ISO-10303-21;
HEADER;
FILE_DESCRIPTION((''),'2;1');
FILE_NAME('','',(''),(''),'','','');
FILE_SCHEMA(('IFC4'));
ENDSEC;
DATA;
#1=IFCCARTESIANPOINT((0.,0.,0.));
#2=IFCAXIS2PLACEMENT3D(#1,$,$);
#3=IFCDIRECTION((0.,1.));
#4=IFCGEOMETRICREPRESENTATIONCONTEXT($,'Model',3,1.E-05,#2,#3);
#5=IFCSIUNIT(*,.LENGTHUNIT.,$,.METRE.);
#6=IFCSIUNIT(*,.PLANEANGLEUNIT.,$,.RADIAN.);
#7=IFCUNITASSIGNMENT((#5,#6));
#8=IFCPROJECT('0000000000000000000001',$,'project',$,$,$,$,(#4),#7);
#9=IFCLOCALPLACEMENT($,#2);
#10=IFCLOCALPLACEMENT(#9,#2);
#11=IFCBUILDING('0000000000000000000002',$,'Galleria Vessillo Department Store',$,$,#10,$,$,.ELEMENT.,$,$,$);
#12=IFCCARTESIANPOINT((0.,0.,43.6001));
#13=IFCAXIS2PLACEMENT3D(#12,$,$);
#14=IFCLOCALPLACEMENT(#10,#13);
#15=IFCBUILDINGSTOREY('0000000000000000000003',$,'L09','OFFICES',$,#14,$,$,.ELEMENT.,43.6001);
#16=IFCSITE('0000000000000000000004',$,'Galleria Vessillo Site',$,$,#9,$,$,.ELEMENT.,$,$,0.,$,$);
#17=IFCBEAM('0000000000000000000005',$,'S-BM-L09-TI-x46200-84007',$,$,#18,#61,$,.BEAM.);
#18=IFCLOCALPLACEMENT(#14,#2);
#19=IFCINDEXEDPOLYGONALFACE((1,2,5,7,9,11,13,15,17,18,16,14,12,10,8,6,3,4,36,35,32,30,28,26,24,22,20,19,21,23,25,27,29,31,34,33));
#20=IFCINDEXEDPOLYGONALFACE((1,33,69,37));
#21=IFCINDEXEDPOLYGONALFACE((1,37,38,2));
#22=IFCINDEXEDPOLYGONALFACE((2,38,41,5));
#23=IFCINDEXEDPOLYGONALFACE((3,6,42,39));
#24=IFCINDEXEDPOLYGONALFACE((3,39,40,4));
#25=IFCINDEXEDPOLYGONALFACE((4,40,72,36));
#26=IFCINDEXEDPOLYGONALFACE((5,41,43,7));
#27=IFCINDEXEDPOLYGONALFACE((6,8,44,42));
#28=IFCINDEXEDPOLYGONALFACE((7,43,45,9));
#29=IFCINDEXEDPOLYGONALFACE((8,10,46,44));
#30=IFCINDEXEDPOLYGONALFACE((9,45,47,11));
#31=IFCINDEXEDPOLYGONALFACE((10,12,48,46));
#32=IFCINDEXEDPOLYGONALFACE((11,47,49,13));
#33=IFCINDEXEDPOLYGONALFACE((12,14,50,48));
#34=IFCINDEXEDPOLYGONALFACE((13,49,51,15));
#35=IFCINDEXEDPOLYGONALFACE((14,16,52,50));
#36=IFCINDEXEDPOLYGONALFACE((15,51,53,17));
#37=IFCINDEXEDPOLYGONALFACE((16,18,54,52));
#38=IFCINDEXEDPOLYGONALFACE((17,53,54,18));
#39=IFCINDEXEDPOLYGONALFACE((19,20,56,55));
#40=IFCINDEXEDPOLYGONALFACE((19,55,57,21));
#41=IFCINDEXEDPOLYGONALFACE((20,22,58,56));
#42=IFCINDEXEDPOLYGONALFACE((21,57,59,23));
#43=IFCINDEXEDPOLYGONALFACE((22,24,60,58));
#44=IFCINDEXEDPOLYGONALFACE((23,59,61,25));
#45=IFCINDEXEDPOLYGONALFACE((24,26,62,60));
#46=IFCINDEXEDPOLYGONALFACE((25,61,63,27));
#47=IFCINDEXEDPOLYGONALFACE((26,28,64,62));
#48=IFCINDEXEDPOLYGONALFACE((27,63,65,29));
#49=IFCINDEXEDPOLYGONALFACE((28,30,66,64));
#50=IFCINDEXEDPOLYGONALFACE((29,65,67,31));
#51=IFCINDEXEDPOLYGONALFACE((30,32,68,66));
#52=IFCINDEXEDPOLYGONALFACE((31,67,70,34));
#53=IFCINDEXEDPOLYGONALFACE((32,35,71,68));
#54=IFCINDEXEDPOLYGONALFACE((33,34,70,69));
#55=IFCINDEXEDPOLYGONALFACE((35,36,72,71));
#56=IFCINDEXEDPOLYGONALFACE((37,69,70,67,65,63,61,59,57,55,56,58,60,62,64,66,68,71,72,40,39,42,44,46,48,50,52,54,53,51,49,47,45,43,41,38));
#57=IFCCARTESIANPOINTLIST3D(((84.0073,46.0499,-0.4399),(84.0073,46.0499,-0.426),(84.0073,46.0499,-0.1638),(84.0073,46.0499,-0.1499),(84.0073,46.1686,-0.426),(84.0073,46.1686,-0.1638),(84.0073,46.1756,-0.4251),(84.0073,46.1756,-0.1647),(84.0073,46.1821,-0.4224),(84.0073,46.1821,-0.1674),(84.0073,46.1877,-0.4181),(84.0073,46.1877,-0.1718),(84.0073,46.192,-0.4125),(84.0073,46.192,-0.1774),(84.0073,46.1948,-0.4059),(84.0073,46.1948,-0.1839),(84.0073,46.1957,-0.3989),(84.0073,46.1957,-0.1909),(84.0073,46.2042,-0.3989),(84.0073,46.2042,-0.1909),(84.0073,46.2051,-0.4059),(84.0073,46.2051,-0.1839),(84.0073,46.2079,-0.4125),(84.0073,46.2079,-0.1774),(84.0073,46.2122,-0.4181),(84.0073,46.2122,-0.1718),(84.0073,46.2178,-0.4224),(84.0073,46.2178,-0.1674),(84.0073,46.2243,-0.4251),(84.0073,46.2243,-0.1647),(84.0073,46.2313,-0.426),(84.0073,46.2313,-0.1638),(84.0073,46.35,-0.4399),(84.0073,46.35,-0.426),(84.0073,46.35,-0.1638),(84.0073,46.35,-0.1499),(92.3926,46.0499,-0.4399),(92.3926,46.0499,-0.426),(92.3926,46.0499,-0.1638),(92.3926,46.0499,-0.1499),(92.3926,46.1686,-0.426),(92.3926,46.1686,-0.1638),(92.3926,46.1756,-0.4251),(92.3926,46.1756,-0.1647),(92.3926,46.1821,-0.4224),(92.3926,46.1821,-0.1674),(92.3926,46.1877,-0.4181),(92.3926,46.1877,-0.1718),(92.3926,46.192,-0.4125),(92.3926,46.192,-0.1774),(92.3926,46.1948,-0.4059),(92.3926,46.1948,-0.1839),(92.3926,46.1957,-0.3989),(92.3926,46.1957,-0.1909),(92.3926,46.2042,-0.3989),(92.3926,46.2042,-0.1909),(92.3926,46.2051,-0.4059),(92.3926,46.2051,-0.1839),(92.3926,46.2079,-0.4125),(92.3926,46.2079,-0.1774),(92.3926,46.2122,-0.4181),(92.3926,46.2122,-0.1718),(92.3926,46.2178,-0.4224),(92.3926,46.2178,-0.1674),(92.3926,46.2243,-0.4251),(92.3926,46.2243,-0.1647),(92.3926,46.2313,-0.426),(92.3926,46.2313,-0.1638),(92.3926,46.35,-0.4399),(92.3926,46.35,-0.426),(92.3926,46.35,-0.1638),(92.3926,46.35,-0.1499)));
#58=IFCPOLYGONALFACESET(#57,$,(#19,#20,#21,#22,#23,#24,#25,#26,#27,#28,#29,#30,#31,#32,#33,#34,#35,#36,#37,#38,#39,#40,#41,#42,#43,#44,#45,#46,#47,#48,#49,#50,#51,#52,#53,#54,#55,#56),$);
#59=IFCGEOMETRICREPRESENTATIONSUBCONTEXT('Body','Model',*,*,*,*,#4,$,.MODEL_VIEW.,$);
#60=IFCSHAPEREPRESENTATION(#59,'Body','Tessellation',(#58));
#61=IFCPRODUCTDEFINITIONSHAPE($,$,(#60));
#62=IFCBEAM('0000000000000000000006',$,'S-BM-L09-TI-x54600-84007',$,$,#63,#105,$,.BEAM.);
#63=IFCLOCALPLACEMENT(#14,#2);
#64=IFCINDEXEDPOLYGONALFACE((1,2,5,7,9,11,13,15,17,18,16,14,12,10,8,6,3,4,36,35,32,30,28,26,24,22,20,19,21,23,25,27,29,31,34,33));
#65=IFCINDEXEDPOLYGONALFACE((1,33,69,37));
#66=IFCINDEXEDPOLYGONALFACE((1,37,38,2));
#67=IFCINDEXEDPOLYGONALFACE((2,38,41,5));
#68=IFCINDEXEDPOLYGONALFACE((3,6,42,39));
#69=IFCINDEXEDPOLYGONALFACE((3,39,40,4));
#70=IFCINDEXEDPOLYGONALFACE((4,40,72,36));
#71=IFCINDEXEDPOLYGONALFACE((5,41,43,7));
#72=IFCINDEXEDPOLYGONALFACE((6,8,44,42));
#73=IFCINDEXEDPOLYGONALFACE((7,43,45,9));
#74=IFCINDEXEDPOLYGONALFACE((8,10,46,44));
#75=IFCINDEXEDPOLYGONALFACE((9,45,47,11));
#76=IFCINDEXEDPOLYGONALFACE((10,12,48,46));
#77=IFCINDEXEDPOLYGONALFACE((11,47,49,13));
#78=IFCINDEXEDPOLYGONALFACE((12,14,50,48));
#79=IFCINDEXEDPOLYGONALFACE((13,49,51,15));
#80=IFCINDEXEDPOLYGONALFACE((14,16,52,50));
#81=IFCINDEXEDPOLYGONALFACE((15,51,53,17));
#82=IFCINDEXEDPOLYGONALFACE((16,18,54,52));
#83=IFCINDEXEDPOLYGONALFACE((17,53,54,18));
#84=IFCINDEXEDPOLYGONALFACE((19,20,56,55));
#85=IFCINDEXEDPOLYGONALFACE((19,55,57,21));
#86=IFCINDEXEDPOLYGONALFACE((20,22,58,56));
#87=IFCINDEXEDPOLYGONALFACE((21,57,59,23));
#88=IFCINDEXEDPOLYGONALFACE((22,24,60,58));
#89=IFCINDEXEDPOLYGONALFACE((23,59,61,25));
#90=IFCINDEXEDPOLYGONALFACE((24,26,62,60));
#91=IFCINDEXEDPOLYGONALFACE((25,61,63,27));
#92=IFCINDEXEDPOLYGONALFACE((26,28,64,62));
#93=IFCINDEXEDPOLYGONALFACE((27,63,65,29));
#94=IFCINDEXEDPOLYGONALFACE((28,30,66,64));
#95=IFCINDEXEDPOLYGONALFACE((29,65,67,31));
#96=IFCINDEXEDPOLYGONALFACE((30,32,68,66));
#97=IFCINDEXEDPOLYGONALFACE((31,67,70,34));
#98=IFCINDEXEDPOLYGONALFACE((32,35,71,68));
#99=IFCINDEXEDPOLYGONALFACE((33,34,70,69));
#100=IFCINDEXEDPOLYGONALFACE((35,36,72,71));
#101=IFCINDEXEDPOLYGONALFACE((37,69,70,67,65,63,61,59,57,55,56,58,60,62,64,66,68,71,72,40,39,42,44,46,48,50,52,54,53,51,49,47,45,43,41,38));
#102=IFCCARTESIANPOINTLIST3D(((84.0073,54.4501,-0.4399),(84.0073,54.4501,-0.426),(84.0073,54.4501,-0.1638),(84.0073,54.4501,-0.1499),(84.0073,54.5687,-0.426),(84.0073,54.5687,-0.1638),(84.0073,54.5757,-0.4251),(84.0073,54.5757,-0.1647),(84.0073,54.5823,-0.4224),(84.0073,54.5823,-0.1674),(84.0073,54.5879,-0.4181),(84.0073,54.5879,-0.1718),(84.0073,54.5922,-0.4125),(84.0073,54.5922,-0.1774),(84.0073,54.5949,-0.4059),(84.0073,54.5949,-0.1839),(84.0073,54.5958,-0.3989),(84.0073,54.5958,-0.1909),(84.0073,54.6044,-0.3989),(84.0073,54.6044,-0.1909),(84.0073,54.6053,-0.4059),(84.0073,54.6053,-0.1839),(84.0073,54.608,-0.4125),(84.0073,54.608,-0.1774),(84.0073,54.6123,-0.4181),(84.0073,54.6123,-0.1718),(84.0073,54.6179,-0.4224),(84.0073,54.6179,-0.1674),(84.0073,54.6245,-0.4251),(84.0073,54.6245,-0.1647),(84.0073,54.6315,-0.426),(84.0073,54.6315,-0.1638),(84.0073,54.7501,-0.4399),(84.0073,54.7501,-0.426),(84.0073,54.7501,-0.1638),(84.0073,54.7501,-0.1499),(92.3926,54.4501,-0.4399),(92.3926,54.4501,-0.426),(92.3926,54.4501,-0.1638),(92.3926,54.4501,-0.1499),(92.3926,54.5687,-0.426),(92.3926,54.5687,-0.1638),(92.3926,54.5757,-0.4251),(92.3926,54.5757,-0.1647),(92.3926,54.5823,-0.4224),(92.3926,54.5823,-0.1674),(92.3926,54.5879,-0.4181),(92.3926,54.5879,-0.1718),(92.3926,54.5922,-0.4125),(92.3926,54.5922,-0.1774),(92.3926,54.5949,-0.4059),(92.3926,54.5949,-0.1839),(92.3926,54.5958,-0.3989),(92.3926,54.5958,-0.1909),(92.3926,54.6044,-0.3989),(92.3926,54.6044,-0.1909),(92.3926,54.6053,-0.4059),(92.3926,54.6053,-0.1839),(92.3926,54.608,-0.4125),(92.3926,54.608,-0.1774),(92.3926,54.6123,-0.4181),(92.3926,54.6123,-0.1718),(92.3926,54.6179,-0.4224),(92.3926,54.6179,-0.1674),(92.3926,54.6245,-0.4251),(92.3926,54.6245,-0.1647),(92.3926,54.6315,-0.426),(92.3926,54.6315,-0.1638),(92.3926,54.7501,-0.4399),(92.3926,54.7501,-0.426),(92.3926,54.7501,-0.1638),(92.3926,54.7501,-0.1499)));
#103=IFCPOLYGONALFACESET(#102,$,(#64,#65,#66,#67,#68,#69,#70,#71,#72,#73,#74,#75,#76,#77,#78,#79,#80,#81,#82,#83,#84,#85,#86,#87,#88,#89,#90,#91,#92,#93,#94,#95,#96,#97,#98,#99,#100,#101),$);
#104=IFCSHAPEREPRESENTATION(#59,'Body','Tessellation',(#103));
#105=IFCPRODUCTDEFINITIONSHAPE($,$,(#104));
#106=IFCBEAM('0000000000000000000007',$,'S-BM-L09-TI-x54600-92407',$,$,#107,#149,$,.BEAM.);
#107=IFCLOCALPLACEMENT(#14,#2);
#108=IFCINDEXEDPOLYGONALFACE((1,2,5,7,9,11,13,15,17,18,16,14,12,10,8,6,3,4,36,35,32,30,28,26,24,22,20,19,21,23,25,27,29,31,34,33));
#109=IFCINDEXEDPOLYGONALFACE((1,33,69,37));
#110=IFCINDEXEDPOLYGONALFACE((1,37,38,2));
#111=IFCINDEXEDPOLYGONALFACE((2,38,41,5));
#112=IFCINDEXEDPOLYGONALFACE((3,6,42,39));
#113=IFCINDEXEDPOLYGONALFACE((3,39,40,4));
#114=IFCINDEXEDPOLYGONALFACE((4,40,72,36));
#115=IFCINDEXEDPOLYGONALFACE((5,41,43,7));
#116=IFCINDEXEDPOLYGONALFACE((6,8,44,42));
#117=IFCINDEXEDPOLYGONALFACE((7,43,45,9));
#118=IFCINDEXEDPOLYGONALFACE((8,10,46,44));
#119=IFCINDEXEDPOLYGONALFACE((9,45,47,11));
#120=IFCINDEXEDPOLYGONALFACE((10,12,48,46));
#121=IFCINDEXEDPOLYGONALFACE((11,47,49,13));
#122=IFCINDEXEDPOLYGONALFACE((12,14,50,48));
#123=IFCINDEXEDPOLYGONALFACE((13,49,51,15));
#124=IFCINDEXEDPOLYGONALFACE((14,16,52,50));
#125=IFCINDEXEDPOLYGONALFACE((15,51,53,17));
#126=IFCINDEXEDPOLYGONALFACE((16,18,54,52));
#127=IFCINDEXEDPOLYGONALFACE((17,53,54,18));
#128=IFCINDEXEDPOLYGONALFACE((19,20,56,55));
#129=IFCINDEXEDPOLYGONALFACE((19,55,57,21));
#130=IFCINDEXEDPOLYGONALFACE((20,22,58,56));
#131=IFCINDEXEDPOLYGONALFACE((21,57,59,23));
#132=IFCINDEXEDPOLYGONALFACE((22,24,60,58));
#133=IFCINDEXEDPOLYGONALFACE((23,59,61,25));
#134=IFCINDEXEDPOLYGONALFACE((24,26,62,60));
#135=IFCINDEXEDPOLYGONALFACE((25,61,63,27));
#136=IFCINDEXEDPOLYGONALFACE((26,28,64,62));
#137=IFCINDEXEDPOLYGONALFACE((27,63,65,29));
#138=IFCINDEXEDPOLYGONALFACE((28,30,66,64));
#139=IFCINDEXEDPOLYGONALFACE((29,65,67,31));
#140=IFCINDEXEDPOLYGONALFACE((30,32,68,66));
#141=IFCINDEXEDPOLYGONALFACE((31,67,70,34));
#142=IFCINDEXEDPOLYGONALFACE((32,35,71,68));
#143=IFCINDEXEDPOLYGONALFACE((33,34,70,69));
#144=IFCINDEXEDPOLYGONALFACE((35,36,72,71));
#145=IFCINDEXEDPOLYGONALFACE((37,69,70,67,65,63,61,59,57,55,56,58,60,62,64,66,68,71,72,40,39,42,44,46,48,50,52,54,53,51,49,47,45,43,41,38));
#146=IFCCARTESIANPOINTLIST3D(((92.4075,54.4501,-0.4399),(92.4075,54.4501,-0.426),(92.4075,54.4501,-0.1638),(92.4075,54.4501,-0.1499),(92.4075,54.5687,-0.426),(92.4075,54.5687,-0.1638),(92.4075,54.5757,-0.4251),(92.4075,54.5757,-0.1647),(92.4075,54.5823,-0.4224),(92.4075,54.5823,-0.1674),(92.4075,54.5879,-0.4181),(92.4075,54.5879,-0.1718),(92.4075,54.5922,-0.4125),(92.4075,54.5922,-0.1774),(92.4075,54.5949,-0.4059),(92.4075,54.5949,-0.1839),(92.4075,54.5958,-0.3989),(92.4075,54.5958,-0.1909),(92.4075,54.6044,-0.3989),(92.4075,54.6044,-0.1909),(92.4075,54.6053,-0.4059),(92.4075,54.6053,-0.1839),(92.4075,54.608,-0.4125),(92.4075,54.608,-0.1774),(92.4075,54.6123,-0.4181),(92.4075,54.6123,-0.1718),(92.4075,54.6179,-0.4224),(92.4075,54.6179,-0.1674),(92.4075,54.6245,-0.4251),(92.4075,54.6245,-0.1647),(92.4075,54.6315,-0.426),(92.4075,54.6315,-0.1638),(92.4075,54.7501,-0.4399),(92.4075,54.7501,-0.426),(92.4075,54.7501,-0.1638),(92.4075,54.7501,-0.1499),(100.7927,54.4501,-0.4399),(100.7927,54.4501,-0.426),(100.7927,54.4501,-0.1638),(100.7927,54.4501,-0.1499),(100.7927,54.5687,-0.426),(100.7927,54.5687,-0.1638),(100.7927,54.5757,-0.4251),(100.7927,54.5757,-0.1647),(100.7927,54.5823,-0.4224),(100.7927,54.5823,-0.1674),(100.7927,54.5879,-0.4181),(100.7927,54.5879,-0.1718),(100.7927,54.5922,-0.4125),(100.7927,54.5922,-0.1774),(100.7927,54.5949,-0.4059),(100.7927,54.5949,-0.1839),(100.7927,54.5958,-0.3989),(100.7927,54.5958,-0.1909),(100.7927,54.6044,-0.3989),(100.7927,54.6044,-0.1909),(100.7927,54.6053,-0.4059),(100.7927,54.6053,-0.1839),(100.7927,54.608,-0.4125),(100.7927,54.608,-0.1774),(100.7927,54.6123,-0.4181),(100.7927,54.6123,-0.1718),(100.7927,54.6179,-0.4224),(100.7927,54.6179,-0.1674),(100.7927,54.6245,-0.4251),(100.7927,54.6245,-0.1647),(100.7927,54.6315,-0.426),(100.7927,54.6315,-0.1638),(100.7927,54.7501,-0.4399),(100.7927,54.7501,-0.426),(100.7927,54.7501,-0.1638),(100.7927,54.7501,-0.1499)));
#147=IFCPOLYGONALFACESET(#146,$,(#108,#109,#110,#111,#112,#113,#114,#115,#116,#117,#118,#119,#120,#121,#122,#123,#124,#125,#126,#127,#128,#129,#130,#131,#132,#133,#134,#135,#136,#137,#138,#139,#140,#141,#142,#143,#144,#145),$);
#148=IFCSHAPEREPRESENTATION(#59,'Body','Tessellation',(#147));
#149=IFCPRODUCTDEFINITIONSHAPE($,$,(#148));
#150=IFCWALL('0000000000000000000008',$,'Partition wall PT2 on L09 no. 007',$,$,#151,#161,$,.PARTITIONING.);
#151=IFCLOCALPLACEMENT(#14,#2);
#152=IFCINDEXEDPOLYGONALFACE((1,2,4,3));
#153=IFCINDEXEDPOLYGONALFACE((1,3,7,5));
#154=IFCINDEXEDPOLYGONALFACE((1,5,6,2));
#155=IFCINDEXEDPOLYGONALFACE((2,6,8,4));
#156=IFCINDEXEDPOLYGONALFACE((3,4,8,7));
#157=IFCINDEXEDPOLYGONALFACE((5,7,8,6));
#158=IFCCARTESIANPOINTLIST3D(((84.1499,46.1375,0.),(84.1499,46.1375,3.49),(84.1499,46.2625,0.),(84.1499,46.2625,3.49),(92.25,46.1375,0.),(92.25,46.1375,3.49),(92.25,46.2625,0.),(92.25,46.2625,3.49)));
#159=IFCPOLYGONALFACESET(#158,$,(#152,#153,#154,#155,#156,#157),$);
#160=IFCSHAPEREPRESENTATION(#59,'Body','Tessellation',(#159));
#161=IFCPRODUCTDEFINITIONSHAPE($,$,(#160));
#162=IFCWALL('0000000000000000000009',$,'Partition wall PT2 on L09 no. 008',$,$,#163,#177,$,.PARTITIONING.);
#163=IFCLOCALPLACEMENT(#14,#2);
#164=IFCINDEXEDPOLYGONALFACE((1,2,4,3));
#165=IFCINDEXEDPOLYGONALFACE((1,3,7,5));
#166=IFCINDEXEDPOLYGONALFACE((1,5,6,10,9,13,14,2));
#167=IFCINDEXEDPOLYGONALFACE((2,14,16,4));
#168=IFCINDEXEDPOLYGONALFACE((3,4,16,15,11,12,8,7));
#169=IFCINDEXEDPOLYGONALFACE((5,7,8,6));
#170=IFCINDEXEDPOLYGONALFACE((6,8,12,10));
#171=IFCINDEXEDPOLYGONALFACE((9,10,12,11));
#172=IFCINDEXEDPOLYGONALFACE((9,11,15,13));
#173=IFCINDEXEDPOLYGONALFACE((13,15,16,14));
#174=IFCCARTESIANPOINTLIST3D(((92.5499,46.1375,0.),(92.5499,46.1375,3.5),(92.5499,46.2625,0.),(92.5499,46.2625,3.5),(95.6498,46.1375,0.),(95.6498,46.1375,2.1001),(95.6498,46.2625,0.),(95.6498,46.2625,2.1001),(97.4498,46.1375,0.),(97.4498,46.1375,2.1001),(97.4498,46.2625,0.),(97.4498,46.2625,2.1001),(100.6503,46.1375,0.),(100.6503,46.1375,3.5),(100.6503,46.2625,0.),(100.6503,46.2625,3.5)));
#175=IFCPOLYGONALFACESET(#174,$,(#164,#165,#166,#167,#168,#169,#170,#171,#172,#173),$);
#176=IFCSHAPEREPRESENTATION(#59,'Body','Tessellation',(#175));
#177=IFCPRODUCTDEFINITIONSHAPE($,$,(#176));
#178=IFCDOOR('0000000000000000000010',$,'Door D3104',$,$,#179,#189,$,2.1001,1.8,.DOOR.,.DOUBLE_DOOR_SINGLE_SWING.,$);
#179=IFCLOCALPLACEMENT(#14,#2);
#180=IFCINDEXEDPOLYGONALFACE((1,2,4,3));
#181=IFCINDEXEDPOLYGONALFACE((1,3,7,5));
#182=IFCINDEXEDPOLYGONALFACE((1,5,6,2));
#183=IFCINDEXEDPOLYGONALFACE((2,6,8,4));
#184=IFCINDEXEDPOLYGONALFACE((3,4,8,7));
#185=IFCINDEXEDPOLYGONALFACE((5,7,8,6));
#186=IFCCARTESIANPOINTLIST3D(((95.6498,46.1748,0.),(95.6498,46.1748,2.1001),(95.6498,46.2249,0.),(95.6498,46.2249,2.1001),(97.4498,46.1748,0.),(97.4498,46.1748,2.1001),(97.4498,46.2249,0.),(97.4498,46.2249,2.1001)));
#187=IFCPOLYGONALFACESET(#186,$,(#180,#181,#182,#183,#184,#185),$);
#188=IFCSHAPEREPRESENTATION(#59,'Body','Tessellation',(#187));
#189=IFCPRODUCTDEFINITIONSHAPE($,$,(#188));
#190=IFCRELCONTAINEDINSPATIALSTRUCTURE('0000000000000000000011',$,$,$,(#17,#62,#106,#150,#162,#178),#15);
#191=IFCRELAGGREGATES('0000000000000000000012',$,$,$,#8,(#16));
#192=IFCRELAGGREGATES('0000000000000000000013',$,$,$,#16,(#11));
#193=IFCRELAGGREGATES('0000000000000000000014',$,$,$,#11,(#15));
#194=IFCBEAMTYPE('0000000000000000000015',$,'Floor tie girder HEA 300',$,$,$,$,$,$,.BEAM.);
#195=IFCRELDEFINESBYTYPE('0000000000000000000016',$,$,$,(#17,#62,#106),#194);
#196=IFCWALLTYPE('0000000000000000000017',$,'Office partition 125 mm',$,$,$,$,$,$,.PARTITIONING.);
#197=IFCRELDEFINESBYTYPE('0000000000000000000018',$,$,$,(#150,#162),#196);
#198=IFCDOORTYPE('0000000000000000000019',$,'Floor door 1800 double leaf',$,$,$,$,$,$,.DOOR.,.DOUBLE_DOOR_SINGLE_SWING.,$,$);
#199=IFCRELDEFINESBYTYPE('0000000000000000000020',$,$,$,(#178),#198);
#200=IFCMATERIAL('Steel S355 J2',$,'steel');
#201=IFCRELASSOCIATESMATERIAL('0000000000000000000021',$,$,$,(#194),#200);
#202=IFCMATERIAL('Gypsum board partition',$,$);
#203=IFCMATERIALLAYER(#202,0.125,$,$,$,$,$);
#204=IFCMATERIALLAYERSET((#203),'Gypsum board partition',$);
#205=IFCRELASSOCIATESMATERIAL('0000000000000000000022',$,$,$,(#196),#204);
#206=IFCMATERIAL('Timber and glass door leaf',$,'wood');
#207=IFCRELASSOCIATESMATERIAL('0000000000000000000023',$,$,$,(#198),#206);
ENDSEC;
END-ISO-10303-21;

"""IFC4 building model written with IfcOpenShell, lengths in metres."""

from ifc_helpers import new_model, si_unit, direction, frame, frame_2d, origin, origin_2d, place, context, subcontext, project, spatial, rectangle, i_section, extrude, material, layer, layer_set, material_profile, profile_set, type_object, element, fill, save


model = new_model("IFC4")

# Units and contexts
model_context = context("Model", 3, precision=1e-05, world=origin(), true_north=direction((0.0, 1.0)))
body_context = subcontext(model_context, "Body", "Model", "MODEL_VIEW")
ifc_project = project(units=[si_unit("LENGTHUNIT", "METRE"), si_unit("PLANEANGLEUNIT", "RADIAN")], contexts=[model_context])

# Site, building, storey
site_placement = place(None, origin())
site = spatial("IfcSite", under=ifc_project, at=site_placement, Name="Galleria Vessillo Site", CompositionType="ELEMENT", RefElevation=0.0)
building_placement = place(site_placement, origin())
building = spatial("IfcBuilding", under=site, at=building_placement, Name="Galleria Vessillo Department Store", CompositionType="ELEMENT")
storey_placement = place(building_placement, frame((0.0, 0.0, 43.6001)))
storey = spatial("IfcBuildingStorey", under=building, at=storey_placement, Name="L09", Description="OFFICES", CompositionType="ELEMENT", Elevation=43.6001)

# Beams
ifc_material_1 = material(Name="Steel S355 J2", Category="steel")
ifc_material_profile_1 = material_profile(ifc_material_1, i_section(OverallWidth=0.3, OverallDepth=0.29, WebThickness=0.0085, FlangeThickness=0.0139, FilletRadius=0.0271, at=origin_2d()), Name="HEA 300")
ifc_profile_set_1 = profile_set([ifc_material_profile_1], Name="Steel S355 J2")
beam_type_1 = type_object("IfcBeamType", Name="Floor tie girder HEA 300", PredefinedType="BEAM", material=ifc_profile_set_1)
for number, where, z_axis, x_axis, name in (
    (1, (84.0073, 46.2, -0.2949), (1.0, 0.0, 0.0), (0.0, 1.0, 0.0), "S-BM-L09-TI-x46200-84007"),
    (2, (84.0073, 54.6001, -0.2949), (1.0, 0.0, 0.0), (0.0, 1.0, 0.0), "S-BM-L09-TI-x54600-84007"),
    (3, (92.4075, 54.6001, -0.2949), (1.0, 0.0, 0.0), (0.0, 1.0, 0.0), "S-BM-L09-TI-x54600-92407"),
):
    element("IfcBeam", number, at=place(storey_placement, frame(where, z_axis=z_axis, x_axis=x_axis)), inside=storey, type_object=beam_type_1, Name=name, PredefinedType="BEAM", context=body_context, shape_type="SweptSolid", body=[
        extrude(i_section(OverallWidth=0.3, OverallDepth=0.29, WebThickness=0.0085, FlangeThickness=0.0139, FilletRadius=0.0271, at=origin_2d()), origin(), (0.0, 0.0, 1.0), 8.3853),
    ])

# Wall
ifc_material_2 = material(Name="Gypsum board partition")
ifc_layer_1 = layer(ifc_material_2, 0.125)
ifc_layer_set_1 = layer_set([ifc_layer_1], Name="Gypsum board partition")
wall_type = type_object("IfcWallType", Name="Office partition 125 mm", PredefinedType="PARTITIONING", material=ifc_layer_set_1)
wall_1_placement = place(storey_placement, frame((84.1499, 46.2, 0.0), z_axis=(0.0, 0.0, 1.0), x_axis=(1.0, 0.0, 0.0)))
element("IfcWall", 4, at=wall_1_placement, inside=storey, type_object=wall_type, Name="Partition wall PT2 on L09 no. 007", PredefinedType="PARTITIONING", context=body_context, shape_type="SweptSolid", body=[
    extrude(rectangle(XDim=8.1001, YDim=0.125, at=frame_2d((4.05, 0.0))), origin(), (0.0, 0.0, 1.0), 3.49),
])

# Wall, opening, door
wall_2_placement = place(storey_placement, frame((92.5498, 46.2, 0.0), z_axis=(0.0, 0.0, 1.0), x_axis=(1.0, 0.0, 0.0)))
wall_2 = element("IfcWall", 5, at=wall_2_placement, inside=storey, type_object=wall_type, Name="Partition wall PT2 on L09 no. 008", PredefinedType="PARTITIONING", context=body_context, shape_type="SweptSolid", body=[
    extrude(rectangle(XDim=8.1003, YDim=0.125, at=frame_2d((4.0503, 0.0))), origin(), (0.0, 0.0, 1.0), 3.5),
])
opening_1_placement = place(wall_2_placement, frame((3.1001, 0.0, 0.0)))
opening_1 = element("IfcOpeningElement", 6, at=opening_1_placement, cuts=wall_2, PredefinedType="OPENING", context=body_context, shape_type="SweptSolid", body=[
    extrude(rectangle(XDim=1.8, YDim=2.1001, at=frame_2d((0.8999, 1.05))), frame((0.0, 0.0725, 0.0), z_axis=(0.0, -1.0, 0.0), x_axis=(1.0, 0.0, 0.0)), (0.0, 0.0, 1.0), 0.145),
])
ifc_material_3 = material(Name="Timber and glass door leaf", Category="wood")
door_type_1 = type_object("IfcDoorType", Name="Floor door 1800 double leaf", OperationType="DOUBLE_DOOR_SINGLE_SWING", PredefinedType="DOOR", material=ifc_material_3)
door_1_placement = place(opening_1_placement, origin())
door_1 = element("IfcDoor", 7, at=door_1_placement, inside=storey, type_object=door_type_1, Name="Door D3104", OperationType="DOUBLE_DOOR_SINGLE_SWING", OverallHeight=2.1001, OverallWidth=1.8, PredefinedType="DOOR", context=body_context, shape_type="SweptSolid", body=[
    extrude(rectangle(XDim=1.8, YDim=2.1001, at=frame_2d((0.8999, 1.05))), frame((0.0, 0.0249, 0.0), z_axis=(0.0, -1.0, 0.0), x_axis=(1.0, 0.0, 0.0)), (0.0, 0.0, 1.0), 0.05),
])
fill(opening_1, door_1)

save(model, "model.ifc")
